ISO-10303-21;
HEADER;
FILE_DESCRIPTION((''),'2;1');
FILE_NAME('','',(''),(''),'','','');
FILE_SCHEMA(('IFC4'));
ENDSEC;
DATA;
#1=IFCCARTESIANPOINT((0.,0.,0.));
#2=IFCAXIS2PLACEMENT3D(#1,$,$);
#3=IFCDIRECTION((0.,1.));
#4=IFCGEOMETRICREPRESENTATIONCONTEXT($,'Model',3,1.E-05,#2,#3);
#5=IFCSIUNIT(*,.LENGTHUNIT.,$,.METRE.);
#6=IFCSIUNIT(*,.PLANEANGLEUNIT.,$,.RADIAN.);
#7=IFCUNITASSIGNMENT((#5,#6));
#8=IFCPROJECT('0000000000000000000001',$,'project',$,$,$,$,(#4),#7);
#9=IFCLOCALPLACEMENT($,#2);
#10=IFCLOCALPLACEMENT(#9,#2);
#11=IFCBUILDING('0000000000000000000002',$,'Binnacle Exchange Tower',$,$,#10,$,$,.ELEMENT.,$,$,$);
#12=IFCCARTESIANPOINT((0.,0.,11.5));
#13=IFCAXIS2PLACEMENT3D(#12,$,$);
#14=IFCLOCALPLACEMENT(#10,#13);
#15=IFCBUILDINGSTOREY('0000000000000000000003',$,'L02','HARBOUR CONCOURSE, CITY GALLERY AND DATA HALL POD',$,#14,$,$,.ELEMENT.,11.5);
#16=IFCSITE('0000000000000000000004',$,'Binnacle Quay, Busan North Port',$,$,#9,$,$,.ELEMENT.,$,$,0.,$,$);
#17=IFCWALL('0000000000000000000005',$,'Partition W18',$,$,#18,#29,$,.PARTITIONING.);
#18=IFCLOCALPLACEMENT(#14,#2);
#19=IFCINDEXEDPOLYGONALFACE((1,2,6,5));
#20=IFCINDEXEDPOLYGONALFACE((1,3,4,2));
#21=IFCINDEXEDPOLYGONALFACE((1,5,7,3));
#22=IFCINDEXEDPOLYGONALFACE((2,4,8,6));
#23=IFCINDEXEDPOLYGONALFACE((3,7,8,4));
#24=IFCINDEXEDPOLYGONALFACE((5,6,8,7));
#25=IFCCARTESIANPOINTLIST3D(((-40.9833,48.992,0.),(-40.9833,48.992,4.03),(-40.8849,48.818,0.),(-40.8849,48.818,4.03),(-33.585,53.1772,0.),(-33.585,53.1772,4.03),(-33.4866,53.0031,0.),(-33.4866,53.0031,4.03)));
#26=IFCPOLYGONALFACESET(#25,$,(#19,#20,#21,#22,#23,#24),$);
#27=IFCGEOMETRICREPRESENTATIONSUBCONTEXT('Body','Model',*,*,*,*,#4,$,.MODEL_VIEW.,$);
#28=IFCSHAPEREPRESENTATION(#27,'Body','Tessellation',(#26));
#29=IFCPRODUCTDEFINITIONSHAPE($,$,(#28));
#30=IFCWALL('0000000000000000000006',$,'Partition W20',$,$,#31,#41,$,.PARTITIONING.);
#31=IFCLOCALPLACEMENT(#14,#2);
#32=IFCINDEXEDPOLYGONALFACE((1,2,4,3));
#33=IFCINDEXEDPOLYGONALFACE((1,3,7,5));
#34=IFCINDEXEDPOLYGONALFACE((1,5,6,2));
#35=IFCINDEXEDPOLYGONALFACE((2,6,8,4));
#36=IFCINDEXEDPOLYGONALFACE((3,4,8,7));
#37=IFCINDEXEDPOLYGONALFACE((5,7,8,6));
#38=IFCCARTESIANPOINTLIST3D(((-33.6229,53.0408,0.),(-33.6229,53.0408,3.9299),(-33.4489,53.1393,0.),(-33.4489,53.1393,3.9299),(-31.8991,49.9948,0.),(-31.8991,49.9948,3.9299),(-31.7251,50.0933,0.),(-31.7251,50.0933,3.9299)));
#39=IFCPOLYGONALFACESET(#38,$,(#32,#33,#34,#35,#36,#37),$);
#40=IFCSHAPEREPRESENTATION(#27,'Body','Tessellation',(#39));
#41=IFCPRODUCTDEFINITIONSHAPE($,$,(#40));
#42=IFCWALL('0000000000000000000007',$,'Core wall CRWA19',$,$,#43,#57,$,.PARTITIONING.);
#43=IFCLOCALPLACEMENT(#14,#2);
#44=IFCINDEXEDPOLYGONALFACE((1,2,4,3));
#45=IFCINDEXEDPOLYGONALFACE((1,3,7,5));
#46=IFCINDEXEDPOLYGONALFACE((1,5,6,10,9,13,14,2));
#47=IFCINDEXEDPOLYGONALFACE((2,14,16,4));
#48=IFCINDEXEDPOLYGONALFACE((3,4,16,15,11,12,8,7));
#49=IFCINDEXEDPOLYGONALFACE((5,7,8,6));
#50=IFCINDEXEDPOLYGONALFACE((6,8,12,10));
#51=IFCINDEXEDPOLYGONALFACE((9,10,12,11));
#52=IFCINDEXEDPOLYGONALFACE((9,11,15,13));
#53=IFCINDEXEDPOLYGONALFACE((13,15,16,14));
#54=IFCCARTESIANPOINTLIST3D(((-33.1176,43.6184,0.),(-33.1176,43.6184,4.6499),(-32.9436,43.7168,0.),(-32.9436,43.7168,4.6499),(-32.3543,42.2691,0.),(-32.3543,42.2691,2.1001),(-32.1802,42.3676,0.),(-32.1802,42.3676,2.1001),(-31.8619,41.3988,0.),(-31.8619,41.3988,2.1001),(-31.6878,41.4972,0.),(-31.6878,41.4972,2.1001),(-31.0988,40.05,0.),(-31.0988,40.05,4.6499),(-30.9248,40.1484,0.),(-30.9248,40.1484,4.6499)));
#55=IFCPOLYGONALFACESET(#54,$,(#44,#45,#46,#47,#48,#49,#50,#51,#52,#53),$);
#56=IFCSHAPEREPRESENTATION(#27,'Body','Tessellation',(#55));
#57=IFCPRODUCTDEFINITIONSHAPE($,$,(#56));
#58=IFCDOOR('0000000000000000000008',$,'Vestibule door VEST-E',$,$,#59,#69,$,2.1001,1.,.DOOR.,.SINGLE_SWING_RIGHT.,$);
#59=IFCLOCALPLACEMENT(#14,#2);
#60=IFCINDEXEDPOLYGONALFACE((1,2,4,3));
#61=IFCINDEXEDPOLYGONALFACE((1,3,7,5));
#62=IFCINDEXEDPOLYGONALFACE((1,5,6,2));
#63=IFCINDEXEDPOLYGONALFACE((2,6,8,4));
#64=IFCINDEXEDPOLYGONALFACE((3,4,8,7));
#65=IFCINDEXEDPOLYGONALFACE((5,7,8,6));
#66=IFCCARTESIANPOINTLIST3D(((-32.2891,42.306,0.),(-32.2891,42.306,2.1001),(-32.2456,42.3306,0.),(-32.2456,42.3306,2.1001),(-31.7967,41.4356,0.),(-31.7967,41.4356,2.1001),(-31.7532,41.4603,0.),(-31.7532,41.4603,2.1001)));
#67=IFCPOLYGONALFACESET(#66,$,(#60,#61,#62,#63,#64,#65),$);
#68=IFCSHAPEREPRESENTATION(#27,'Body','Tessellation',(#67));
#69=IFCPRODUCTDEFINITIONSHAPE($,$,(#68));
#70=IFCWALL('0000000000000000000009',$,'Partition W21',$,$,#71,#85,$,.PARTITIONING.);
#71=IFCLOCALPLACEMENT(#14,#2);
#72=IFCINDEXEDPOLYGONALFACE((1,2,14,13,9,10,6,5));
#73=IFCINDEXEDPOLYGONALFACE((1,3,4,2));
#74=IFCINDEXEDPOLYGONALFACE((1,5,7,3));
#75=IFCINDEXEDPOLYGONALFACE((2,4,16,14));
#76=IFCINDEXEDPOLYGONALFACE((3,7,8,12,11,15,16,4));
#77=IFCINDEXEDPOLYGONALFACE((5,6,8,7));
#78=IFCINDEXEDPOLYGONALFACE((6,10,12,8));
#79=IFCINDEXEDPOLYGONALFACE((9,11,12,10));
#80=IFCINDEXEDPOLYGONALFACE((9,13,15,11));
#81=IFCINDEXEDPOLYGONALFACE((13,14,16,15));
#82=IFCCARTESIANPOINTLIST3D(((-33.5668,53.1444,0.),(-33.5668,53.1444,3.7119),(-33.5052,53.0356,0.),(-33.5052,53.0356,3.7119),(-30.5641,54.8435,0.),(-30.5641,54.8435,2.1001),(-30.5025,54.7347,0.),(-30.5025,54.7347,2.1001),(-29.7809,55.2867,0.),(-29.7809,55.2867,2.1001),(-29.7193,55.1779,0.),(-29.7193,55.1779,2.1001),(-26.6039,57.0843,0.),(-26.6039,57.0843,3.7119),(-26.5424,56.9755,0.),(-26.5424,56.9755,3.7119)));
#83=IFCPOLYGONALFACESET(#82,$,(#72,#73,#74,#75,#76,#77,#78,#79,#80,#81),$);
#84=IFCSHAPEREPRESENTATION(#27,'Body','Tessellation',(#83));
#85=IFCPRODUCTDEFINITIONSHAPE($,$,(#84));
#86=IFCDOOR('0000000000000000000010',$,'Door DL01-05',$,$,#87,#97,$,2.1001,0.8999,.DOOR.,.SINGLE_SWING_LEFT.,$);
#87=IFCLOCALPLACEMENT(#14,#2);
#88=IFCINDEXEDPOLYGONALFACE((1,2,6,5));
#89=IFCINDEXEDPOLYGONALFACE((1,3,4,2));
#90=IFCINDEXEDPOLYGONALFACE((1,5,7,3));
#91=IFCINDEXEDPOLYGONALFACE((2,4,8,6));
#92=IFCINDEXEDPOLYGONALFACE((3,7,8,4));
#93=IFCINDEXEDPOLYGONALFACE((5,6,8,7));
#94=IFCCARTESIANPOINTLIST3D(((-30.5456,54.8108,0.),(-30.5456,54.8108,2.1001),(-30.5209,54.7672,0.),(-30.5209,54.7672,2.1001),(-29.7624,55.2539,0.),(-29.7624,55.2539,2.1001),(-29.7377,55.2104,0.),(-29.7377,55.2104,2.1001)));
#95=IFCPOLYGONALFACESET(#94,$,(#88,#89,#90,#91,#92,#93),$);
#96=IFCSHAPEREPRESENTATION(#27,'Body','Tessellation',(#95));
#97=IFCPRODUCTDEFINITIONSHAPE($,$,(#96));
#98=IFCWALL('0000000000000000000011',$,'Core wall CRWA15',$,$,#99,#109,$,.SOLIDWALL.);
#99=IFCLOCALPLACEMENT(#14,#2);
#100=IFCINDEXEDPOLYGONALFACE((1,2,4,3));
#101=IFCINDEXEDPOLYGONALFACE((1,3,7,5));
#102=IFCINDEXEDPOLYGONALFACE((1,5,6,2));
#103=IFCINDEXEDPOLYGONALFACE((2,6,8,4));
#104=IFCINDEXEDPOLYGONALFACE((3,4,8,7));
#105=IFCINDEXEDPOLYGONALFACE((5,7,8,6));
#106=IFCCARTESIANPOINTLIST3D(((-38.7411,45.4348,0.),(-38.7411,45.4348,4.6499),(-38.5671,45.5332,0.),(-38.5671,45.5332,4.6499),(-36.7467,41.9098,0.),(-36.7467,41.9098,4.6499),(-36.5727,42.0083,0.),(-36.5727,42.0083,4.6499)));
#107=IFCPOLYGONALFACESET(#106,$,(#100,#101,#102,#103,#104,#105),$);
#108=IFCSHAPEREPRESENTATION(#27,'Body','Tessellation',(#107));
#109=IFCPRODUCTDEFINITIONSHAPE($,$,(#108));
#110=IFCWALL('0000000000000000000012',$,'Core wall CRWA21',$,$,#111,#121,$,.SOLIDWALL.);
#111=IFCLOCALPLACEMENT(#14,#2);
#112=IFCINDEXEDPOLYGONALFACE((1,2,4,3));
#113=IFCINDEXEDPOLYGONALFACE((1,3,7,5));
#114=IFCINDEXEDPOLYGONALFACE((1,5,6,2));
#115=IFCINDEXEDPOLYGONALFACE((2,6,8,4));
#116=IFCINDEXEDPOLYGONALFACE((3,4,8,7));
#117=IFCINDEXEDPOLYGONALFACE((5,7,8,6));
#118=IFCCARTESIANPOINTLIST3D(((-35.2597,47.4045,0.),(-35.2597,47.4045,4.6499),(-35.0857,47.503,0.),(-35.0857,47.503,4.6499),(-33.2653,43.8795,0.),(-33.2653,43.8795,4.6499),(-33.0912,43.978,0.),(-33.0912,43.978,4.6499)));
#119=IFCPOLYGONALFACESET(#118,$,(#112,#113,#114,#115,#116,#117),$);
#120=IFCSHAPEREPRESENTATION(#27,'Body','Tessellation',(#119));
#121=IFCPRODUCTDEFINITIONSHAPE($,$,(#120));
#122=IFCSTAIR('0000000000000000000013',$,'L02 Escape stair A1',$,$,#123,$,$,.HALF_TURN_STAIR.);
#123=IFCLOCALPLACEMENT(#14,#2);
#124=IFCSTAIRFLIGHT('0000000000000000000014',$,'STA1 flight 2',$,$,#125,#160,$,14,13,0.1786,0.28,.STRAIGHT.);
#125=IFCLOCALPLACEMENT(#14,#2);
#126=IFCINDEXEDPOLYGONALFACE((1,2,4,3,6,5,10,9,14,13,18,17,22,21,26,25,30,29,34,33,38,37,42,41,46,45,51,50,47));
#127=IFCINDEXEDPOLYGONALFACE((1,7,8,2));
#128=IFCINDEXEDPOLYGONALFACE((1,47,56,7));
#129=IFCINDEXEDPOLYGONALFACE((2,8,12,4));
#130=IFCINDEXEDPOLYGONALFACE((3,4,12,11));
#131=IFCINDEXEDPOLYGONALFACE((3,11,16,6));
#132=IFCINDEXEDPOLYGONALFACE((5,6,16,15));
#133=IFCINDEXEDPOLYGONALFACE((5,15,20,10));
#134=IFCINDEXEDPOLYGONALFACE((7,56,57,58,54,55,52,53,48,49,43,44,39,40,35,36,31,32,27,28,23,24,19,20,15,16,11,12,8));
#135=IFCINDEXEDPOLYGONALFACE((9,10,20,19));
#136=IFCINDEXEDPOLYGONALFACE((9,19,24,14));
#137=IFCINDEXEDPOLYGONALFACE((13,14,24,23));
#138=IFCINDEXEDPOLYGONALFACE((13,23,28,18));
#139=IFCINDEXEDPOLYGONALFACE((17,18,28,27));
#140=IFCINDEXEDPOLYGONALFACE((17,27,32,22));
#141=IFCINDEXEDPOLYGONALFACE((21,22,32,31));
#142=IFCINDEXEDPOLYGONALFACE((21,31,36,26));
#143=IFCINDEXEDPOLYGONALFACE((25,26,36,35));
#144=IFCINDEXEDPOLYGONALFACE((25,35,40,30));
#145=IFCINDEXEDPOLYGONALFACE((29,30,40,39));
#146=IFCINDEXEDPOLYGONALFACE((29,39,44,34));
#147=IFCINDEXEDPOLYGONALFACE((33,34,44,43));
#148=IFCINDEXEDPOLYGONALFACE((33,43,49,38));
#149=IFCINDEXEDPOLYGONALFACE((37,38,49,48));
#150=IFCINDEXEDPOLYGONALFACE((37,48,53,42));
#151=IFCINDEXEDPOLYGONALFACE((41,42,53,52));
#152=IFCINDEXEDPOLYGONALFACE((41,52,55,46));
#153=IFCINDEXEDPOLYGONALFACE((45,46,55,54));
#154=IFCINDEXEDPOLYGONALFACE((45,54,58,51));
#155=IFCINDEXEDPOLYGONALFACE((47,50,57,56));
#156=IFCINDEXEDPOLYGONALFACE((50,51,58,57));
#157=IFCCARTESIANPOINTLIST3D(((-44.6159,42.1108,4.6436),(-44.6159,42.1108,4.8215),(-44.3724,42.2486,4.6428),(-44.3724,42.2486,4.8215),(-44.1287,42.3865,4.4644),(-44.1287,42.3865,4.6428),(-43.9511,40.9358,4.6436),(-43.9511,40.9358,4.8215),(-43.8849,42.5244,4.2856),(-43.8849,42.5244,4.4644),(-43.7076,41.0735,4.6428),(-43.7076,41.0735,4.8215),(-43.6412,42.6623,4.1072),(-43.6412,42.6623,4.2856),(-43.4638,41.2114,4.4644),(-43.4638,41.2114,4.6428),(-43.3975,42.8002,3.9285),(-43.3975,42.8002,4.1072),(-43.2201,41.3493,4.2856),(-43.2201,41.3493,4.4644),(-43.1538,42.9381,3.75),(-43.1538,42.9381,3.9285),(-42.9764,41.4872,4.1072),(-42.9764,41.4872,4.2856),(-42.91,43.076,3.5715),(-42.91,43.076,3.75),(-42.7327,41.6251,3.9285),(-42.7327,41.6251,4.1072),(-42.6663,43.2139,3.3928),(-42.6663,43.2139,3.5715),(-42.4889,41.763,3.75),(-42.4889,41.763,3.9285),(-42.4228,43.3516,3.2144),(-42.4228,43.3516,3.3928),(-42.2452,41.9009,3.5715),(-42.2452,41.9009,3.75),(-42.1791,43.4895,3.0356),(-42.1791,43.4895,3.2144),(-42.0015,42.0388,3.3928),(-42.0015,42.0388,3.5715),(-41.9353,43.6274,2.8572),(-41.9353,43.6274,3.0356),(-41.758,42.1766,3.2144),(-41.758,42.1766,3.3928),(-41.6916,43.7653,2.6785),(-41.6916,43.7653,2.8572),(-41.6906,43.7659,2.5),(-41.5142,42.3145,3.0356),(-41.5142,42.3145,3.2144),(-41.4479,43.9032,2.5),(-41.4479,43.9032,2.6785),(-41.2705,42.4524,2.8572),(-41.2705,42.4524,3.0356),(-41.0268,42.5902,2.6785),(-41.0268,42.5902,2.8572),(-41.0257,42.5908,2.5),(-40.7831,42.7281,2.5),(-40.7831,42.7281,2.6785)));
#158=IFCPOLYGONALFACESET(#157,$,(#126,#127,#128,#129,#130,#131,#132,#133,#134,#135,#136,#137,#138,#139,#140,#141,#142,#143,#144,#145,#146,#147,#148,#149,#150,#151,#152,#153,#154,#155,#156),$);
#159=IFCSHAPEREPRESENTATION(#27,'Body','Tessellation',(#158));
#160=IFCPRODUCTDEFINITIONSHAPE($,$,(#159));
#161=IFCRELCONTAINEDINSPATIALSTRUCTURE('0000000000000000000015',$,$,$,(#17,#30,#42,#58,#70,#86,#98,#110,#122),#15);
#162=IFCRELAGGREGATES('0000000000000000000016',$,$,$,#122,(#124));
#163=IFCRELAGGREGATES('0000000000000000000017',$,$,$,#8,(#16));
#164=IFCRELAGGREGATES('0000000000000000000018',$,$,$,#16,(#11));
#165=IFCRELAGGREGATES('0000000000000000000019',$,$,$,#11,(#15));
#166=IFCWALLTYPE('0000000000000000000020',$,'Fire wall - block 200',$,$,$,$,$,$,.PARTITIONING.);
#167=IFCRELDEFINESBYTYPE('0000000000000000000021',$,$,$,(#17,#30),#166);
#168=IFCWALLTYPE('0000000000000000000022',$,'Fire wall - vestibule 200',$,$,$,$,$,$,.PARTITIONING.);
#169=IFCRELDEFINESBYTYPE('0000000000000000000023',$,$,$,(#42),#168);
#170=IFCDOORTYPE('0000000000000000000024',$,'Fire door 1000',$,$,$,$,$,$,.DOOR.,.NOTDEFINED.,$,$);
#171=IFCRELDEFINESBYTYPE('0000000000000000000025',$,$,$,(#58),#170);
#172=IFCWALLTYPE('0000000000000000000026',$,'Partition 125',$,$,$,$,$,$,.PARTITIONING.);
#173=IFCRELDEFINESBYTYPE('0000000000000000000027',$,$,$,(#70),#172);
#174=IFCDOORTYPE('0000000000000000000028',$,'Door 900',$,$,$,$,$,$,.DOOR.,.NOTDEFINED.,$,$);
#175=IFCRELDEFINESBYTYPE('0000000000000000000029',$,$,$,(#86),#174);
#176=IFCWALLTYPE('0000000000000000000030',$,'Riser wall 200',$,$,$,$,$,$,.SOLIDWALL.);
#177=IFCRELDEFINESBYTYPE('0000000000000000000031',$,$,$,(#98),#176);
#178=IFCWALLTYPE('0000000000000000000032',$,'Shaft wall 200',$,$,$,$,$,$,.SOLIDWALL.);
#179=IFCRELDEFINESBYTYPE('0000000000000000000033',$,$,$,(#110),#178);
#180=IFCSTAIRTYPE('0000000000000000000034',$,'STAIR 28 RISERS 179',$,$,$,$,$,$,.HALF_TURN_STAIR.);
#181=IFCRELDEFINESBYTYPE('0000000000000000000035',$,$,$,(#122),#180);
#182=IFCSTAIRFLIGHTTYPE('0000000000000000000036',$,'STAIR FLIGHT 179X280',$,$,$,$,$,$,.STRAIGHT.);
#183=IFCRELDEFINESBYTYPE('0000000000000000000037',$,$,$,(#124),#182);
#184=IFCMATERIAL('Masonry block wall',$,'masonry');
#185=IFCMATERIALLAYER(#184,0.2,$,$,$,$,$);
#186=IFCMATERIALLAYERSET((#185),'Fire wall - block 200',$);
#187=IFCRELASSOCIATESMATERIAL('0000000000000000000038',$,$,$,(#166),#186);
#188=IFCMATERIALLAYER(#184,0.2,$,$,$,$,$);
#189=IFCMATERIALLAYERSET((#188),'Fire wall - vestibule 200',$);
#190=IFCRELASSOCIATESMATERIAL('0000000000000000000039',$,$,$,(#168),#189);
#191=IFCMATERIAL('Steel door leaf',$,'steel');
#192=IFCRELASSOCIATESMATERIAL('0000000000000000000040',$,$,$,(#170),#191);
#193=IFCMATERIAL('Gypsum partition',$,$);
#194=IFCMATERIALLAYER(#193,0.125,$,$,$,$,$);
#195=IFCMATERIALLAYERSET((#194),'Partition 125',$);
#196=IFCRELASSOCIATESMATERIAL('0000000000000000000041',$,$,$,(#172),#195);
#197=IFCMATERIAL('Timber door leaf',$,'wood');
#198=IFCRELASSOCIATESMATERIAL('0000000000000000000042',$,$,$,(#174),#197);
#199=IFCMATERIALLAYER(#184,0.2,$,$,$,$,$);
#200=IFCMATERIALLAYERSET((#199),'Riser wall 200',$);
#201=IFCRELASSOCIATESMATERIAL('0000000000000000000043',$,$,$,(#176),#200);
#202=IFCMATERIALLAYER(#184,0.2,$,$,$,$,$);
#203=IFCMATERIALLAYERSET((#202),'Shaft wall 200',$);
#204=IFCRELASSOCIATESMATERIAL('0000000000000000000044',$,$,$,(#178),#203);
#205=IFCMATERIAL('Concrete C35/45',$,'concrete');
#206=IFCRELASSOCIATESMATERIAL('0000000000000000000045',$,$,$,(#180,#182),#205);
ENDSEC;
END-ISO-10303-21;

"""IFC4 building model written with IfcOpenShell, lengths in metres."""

from ifc_helpers import new_model, si_unit, direction, frame, frame_2d, origin, place, context, subcontext, project, spatial, polyline, rectangle, outline, extrude, material, layer, layer_set, type_object, element, fill, aggregate, save


model = new_model("IFC4")

# Units and contexts
model_context = context("Model", 3, precision=1e-05, world=origin(), true_north=direction((0.0, 1.0)))
body_context = subcontext(model_context, "Body", "Model", "MODEL_VIEW")
ifc_project = project(units=[si_unit("LENGTHUNIT", "METRE"), si_unit("PLANEANGLEUNIT", "RADIAN")], contexts=[model_context])

# Site, building, storey
site_placement = place(None, origin())
site = spatial("IfcSite", under=ifc_project, at=site_placement, Name="Binnacle Quay, Busan North Port", CompositionType="ELEMENT", RefElevation=0.0)
building_placement = place(site_placement, origin())
building = spatial("IfcBuilding", under=site, at=building_placement, Name="Binnacle Exchange Tower", CompositionType="ELEMENT")
storey_placement = place(building_placement, frame((0.0, 0.0, 11.5)))
storey = spatial("IfcBuildingStorey", under=building, at=storey_placement, Name="L02", Description="HARBOUR CONCOURSE, CITY GALLERY AND DATA HALL POD", CompositionType="ELEMENT", Elevation=11.5)

# Shared definitions
ifc_material_1 = material(Name="Steel door leaf", Category="steel")

# Walls
ifc_material_2 = material(Name="Masonry block wall", Category="masonry")
ifc_layer_1 = layer(ifc_material_2, 0.2)
ifc_layer_set_1 = layer_set([ifc_layer_1], Name="Fire wall - block 200")
wall_type_1 = type_object("IfcWallType", Name="Fire wall - block 200", PredefinedType="PARTITIONING", material=ifc_layer_set_1)
wall_1_placement = place(storey_placement, frame((-40.9341, 48.905, 0.0), z_axis=(0.0, 0.0, 1.0), x_axis=(0.870388, 0.492367, 0.0)))
element("IfcWall", 1, at=wall_1_placement, inside=storey, type_object=wall_type_1, Name="Partition W18", PredefinedType="PARTITIONING", context=body_context, shape_type="SweptSolid", body=[
    extrude(rectangle(XDim=8.5, YDim=0.2, at=frame_2d((4.25, 0.0))), origin(), (0.0, 0.0, 1.0), 4.03),
])
wall_2_placement = place(storey_placement, frame((-33.5359, 53.0901, 0.0), z_axis=(0.0, 0.0, 1.0), x_axis=(0.492521, -0.8703, 0.0)))
element("IfcWall", 2, at=wall_2_placement, inside=storey, type_object=wall_type_1, Name="Partition W20", PredefinedType="PARTITIONING", context=body_context, shape_type="SweptSolid", body=[
    extrude(rectangle(XDim=3.5, YDim=0.2, at=frame_2d((1.75, 0.0))), origin(), (0.0, 0.0, 1.0), 3.9299),
])

# Walls, openings, doors
ifc_layer_2 = layer(ifc_material_2, 0.2)
ifc_layer_set_2 = layer_set([ifc_layer_2], Name="Fire wall - vestibule 200")
wall_type_2 = type_object("IfcWallType", Name="Fire wall - vestibule 200", PredefinedType="PARTITIONING", material=ifc_layer_set_2)
wall_3_placement = place(storey_placement, frame((-33.0305, 43.6675, 0.0), z_axis=(0.0, 0.0, 1.0), x_axis=(0.492408, -0.870364, 0.0)))
wall_3 = element("IfcWall", 3, at=wall_3_placement, inside=storey, type_object=wall_type_2, Name="Core wall CRWA19", PredefinedType="PARTITIONING", context=body_context, shape_type="SweptSolid", body=[
    extrude(rectangle(XDim=4.0999, YDim=0.2, at=frame_2d((2.0498, 0.0))), origin(), (0.0, 0.0, 1.0), 4.6499),
])
opening_1_placement = place(wall_3_placement, frame((1.55, 0.0, 0.0)))
opening_1 = element("IfcOpeningElement", 4, at=opening_1_placement, cuts=wall_3, PredefinedType="OPENING", context=body_context, shape_type="SweptSolid", body=[
    extrude(rectangle(XDim=1.0, YDim=2.1001, at=frame_2d((0.5, 1.05))), frame((0.0, 0.1099, 0.0), z_axis=(0.0, -1.0, 0.0), x_axis=(1.0, 0.0, 0.0)), (0.0, 0.0, 1.0), 0.22),
])
door_type_1 = type_object("IfcDoorType", Name="Fire door 1000", OperationType="NOTDEFINED", PredefinedType="DOOR", material=ifc_material_1)
door_1_placement = place(opening_1_placement, origin())
door_1 = element("IfcDoor", 5, at=door_1_placement, inside=storey, type_object=door_type_1, Name="Vestibule door VEST-E", OperationType="SINGLE_SWING_RIGHT", OverallHeight=2.1001, OverallWidth=1.0, PredefinedType="DOOR", context=body_context, shape_type="SweptSolid", body=[
    extrude(rectangle(XDim=1.0, YDim=2.1001, at=frame_2d((0.5, 1.05))), frame((0.0, 0.0249, 0.0), z_axis=(0.0, -1.0, 0.0), x_axis=(1.0, 0.0, 0.0)), (0.0, 0.0, 1.0), 0.05),
])
fill(opening_1, door_1)
ifc_material_3 = material(Name="Gypsum partition")
ifc_layer_3 = layer(ifc_material_3, 0.125)
ifc_layer_set_3 = layer_set([ifc_layer_3], Name="Partition 125")
wall_type_3 = type_object("IfcWallType", Name="Partition 125", PredefinedType="PARTITIONING", material=ifc_layer_set_3)
wall_4_placement = place(storey_placement, frame((-33.5359, 53.0901, 0.0), z_axis=(0.0, 0.0, 1.0), x_axis=(0.870327, 0.492473, 0.0)))
wall_4 = element("IfcWall", 6, at=wall_4_placement, inside=storey, type_object=wall_type_3, Name="Partition W21", PredefinedType="PARTITIONING", context=body_context, shape_type="SweptSolid", body=[
    extrude(rectangle(XDim=8.0002, YDim=0.125, at=frame_2d((4.0, 0.0))), origin(), (0.0, 0.0, 1.0), 3.7119),
])
opening_2_placement = place(wall_4_placement, frame((3.45, 0.0, 0.0)))
opening_2 = element("IfcOpeningElement", 7, at=opening_2_placement, cuts=wall_4, PredefinedType="OPENING", context=body_context, shape_type="SweptSolid", body=[
    extrude(rectangle(XDim=0.8999, YDim=2.1001, at=frame_2d((0.45, 1.05))), frame((0.0, 0.0725, 0.0), z_axis=(0.0, -1.0, 0.0), x_axis=(1.0, 0.0, 0.0)), (0.0, 0.0, 1.0), 0.145),
])
ifc_material_4 = material(Name="Timber door leaf", Category="wood")
door_type_2 = type_object("IfcDoorType", Name="Door 900", OperationType="NOTDEFINED", PredefinedType="DOOR", material=ifc_material_4)
door_2_placement = place(opening_2_placement, origin())
door_2 = element("IfcDoor", 8, at=door_2_placement, inside=storey, type_object=door_type_2, Name="Door DL01-05", OperationType="SINGLE_SWING_LEFT", OverallHeight=2.1001, OverallWidth=0.8999, PredefinedType="DOOR", context=body_context, shape_type="SweptSolid", body=[
    extrude(rectangle(XDim=0.8999, YDim=2.1001, at=frame_2d((0.45, 1.05))), frame((0.0, 0.0249, 0.0), z_axis=(0.0, -1.0, 0.0), x_axis=(1.0, 0.0, 0.0)), (0.0, 0.0, 1.0), 0.05),
])
fill(opening_2, door_2)

# Walls
ifc_layer_4 = layer(ifc_material_2, 0.2)
ifc_layer_set_4 = layer_set([ifc_layer_4], Name="Riser wall 200")
wall_type_4 = type_object("IfcWallType", Name="Riser wall 200", PredefinedType="SOLIDWALL", material=ifc_layer_set_4)
wall_5_placement = place(storey_placement, frame((-38.6541, 45.4839, 0.0), z_axis=(0.0, 0.0, 1.0), x_axis=(0.492441, -0.870346, 0.0)))
element("IfcWall", 9, at=wall_5_placement, inside=storey, type_object=wall_type_4, Name="Core wall CRWA15", PredefinedType="SOLIDWALL", context=body_context, shape_type="SweptSolid", body=[
    extrude(rectangle(XDim=4.05, YDim=0.2, at=frame_2d((2.0249, 0.0))), origin(), (0.0, 0.0, 1.0), 4.6499),
])
ifc_layer_5 = layer(ifc_material_2, 0.2)
ifc_layer_set_5 = layer_set([ifc_layer_5], Name="Shaft wall 200")
wall_type_5 = type_object("IfcWallType", Name="Shaft wall 200", PredefinedType="SOLIDWALL", material=ifc_layer_set_5)
wall_6_placement = place(storey_placement, frame((-35.1726, 47.4536, 0.0), z_axis=(0.0, 0.0, 1.0), x_axis=(0.492441, -0.870346, 0.0)))
element("IfcWall", 10, at=wall_6_placement, inside=storey, type_object=wall_type_5, Name="Core wall CRWA21", PredefinedType="SOLIDWALL", context=body_context, shape_type="SweptSolid", body=[
    extrude(rectangle(XDim=4.05, YDim=0.2, at=frame_2d((2.0249, 0.0))), origin(), (0.0, 0.0, 1.0), 4.6499),
])

# Stair, stair flight
ifc_material_5 = material(Name="Concrete C35/45", Category="concrete")
stair_type = type_object("IfcStairType", Name="STAIR 28 RISERS 179", PredefinedType="HALF_TURN_STAIR", material=ifc_material_5)
stair_placement = place(storey_placement, origin())
stair = element("IfcStair", 11, at=stair_placement, inside=storey, type_object=stair_type, Name="L02 Escape stair A1", PredefinedType="HALF_TURN_STAIR")
stair_flight_type = type_object("IfcStairFlightType", Name="STAIR FLIGHT 179X280", PredefinedType="STRAIGHT", material=ifc_material_5)
stair_flight_placement = place(storey_placement, frame((-41.1155, 43.3157, 2.5), z_axis=(0.0, 0.0, 1.0), x_axis=(-0.870356, -0.492424, 0.0)))
stair_flight = element("IfcStairFlight", 12, at=stair_flight_placement, type_object=stair_flight_type, Name="STA1 flight 2", NumberOfRisers=14, NumberOfTreads=13, PredefinedType="STRAIGHT", RiserHeight=0.1786, TreadLength=0.28, context=body_context, shape_type="SweptSolid", body=[
    extrude(outline(polyline([(0.0, 0.0), (0.0, 0.1785), (0.28, 0.1785), (0.28, 0.3572), (0.5601, 0.3572), (0.5601, 0.5356), (0.8401, 0.5356), (0.8401, 0.7144), (1.1201, 0.7144), (1.1201, 0.8928), (1.3999, 0.8928), (1.3999, 1.0715), (1.6799, 1.0715), (1.6799, 1.25), (1.96, 1.25), (1.96, 1.4285), (2.24, 1.4285), (2.24, 1.6072), (2.52, 1.6072), (2.52, 1.7856), (2.8, 1.7856), (2.8, 1.9644), (3.0801, 1.9644), (3.0801, 2.1428), (3.3601, 2.1428), (3.3601, 2.3215), (3.6399, 2.3215), (3.6399, 2.5), (3.6399, 2.1436), (0.2788, 0.0), (0.0, 0.0)])), frame((0.0, 0.675, 0.0), z_axis=(0.0, -1.0, 0.0), x_axis=(1.0, 0.0, 0.0)), (0.0, 0.0, 1.0), 1.3501),
])
aggregate(stair, [stair_flight])

save(model, "model.ifc")
